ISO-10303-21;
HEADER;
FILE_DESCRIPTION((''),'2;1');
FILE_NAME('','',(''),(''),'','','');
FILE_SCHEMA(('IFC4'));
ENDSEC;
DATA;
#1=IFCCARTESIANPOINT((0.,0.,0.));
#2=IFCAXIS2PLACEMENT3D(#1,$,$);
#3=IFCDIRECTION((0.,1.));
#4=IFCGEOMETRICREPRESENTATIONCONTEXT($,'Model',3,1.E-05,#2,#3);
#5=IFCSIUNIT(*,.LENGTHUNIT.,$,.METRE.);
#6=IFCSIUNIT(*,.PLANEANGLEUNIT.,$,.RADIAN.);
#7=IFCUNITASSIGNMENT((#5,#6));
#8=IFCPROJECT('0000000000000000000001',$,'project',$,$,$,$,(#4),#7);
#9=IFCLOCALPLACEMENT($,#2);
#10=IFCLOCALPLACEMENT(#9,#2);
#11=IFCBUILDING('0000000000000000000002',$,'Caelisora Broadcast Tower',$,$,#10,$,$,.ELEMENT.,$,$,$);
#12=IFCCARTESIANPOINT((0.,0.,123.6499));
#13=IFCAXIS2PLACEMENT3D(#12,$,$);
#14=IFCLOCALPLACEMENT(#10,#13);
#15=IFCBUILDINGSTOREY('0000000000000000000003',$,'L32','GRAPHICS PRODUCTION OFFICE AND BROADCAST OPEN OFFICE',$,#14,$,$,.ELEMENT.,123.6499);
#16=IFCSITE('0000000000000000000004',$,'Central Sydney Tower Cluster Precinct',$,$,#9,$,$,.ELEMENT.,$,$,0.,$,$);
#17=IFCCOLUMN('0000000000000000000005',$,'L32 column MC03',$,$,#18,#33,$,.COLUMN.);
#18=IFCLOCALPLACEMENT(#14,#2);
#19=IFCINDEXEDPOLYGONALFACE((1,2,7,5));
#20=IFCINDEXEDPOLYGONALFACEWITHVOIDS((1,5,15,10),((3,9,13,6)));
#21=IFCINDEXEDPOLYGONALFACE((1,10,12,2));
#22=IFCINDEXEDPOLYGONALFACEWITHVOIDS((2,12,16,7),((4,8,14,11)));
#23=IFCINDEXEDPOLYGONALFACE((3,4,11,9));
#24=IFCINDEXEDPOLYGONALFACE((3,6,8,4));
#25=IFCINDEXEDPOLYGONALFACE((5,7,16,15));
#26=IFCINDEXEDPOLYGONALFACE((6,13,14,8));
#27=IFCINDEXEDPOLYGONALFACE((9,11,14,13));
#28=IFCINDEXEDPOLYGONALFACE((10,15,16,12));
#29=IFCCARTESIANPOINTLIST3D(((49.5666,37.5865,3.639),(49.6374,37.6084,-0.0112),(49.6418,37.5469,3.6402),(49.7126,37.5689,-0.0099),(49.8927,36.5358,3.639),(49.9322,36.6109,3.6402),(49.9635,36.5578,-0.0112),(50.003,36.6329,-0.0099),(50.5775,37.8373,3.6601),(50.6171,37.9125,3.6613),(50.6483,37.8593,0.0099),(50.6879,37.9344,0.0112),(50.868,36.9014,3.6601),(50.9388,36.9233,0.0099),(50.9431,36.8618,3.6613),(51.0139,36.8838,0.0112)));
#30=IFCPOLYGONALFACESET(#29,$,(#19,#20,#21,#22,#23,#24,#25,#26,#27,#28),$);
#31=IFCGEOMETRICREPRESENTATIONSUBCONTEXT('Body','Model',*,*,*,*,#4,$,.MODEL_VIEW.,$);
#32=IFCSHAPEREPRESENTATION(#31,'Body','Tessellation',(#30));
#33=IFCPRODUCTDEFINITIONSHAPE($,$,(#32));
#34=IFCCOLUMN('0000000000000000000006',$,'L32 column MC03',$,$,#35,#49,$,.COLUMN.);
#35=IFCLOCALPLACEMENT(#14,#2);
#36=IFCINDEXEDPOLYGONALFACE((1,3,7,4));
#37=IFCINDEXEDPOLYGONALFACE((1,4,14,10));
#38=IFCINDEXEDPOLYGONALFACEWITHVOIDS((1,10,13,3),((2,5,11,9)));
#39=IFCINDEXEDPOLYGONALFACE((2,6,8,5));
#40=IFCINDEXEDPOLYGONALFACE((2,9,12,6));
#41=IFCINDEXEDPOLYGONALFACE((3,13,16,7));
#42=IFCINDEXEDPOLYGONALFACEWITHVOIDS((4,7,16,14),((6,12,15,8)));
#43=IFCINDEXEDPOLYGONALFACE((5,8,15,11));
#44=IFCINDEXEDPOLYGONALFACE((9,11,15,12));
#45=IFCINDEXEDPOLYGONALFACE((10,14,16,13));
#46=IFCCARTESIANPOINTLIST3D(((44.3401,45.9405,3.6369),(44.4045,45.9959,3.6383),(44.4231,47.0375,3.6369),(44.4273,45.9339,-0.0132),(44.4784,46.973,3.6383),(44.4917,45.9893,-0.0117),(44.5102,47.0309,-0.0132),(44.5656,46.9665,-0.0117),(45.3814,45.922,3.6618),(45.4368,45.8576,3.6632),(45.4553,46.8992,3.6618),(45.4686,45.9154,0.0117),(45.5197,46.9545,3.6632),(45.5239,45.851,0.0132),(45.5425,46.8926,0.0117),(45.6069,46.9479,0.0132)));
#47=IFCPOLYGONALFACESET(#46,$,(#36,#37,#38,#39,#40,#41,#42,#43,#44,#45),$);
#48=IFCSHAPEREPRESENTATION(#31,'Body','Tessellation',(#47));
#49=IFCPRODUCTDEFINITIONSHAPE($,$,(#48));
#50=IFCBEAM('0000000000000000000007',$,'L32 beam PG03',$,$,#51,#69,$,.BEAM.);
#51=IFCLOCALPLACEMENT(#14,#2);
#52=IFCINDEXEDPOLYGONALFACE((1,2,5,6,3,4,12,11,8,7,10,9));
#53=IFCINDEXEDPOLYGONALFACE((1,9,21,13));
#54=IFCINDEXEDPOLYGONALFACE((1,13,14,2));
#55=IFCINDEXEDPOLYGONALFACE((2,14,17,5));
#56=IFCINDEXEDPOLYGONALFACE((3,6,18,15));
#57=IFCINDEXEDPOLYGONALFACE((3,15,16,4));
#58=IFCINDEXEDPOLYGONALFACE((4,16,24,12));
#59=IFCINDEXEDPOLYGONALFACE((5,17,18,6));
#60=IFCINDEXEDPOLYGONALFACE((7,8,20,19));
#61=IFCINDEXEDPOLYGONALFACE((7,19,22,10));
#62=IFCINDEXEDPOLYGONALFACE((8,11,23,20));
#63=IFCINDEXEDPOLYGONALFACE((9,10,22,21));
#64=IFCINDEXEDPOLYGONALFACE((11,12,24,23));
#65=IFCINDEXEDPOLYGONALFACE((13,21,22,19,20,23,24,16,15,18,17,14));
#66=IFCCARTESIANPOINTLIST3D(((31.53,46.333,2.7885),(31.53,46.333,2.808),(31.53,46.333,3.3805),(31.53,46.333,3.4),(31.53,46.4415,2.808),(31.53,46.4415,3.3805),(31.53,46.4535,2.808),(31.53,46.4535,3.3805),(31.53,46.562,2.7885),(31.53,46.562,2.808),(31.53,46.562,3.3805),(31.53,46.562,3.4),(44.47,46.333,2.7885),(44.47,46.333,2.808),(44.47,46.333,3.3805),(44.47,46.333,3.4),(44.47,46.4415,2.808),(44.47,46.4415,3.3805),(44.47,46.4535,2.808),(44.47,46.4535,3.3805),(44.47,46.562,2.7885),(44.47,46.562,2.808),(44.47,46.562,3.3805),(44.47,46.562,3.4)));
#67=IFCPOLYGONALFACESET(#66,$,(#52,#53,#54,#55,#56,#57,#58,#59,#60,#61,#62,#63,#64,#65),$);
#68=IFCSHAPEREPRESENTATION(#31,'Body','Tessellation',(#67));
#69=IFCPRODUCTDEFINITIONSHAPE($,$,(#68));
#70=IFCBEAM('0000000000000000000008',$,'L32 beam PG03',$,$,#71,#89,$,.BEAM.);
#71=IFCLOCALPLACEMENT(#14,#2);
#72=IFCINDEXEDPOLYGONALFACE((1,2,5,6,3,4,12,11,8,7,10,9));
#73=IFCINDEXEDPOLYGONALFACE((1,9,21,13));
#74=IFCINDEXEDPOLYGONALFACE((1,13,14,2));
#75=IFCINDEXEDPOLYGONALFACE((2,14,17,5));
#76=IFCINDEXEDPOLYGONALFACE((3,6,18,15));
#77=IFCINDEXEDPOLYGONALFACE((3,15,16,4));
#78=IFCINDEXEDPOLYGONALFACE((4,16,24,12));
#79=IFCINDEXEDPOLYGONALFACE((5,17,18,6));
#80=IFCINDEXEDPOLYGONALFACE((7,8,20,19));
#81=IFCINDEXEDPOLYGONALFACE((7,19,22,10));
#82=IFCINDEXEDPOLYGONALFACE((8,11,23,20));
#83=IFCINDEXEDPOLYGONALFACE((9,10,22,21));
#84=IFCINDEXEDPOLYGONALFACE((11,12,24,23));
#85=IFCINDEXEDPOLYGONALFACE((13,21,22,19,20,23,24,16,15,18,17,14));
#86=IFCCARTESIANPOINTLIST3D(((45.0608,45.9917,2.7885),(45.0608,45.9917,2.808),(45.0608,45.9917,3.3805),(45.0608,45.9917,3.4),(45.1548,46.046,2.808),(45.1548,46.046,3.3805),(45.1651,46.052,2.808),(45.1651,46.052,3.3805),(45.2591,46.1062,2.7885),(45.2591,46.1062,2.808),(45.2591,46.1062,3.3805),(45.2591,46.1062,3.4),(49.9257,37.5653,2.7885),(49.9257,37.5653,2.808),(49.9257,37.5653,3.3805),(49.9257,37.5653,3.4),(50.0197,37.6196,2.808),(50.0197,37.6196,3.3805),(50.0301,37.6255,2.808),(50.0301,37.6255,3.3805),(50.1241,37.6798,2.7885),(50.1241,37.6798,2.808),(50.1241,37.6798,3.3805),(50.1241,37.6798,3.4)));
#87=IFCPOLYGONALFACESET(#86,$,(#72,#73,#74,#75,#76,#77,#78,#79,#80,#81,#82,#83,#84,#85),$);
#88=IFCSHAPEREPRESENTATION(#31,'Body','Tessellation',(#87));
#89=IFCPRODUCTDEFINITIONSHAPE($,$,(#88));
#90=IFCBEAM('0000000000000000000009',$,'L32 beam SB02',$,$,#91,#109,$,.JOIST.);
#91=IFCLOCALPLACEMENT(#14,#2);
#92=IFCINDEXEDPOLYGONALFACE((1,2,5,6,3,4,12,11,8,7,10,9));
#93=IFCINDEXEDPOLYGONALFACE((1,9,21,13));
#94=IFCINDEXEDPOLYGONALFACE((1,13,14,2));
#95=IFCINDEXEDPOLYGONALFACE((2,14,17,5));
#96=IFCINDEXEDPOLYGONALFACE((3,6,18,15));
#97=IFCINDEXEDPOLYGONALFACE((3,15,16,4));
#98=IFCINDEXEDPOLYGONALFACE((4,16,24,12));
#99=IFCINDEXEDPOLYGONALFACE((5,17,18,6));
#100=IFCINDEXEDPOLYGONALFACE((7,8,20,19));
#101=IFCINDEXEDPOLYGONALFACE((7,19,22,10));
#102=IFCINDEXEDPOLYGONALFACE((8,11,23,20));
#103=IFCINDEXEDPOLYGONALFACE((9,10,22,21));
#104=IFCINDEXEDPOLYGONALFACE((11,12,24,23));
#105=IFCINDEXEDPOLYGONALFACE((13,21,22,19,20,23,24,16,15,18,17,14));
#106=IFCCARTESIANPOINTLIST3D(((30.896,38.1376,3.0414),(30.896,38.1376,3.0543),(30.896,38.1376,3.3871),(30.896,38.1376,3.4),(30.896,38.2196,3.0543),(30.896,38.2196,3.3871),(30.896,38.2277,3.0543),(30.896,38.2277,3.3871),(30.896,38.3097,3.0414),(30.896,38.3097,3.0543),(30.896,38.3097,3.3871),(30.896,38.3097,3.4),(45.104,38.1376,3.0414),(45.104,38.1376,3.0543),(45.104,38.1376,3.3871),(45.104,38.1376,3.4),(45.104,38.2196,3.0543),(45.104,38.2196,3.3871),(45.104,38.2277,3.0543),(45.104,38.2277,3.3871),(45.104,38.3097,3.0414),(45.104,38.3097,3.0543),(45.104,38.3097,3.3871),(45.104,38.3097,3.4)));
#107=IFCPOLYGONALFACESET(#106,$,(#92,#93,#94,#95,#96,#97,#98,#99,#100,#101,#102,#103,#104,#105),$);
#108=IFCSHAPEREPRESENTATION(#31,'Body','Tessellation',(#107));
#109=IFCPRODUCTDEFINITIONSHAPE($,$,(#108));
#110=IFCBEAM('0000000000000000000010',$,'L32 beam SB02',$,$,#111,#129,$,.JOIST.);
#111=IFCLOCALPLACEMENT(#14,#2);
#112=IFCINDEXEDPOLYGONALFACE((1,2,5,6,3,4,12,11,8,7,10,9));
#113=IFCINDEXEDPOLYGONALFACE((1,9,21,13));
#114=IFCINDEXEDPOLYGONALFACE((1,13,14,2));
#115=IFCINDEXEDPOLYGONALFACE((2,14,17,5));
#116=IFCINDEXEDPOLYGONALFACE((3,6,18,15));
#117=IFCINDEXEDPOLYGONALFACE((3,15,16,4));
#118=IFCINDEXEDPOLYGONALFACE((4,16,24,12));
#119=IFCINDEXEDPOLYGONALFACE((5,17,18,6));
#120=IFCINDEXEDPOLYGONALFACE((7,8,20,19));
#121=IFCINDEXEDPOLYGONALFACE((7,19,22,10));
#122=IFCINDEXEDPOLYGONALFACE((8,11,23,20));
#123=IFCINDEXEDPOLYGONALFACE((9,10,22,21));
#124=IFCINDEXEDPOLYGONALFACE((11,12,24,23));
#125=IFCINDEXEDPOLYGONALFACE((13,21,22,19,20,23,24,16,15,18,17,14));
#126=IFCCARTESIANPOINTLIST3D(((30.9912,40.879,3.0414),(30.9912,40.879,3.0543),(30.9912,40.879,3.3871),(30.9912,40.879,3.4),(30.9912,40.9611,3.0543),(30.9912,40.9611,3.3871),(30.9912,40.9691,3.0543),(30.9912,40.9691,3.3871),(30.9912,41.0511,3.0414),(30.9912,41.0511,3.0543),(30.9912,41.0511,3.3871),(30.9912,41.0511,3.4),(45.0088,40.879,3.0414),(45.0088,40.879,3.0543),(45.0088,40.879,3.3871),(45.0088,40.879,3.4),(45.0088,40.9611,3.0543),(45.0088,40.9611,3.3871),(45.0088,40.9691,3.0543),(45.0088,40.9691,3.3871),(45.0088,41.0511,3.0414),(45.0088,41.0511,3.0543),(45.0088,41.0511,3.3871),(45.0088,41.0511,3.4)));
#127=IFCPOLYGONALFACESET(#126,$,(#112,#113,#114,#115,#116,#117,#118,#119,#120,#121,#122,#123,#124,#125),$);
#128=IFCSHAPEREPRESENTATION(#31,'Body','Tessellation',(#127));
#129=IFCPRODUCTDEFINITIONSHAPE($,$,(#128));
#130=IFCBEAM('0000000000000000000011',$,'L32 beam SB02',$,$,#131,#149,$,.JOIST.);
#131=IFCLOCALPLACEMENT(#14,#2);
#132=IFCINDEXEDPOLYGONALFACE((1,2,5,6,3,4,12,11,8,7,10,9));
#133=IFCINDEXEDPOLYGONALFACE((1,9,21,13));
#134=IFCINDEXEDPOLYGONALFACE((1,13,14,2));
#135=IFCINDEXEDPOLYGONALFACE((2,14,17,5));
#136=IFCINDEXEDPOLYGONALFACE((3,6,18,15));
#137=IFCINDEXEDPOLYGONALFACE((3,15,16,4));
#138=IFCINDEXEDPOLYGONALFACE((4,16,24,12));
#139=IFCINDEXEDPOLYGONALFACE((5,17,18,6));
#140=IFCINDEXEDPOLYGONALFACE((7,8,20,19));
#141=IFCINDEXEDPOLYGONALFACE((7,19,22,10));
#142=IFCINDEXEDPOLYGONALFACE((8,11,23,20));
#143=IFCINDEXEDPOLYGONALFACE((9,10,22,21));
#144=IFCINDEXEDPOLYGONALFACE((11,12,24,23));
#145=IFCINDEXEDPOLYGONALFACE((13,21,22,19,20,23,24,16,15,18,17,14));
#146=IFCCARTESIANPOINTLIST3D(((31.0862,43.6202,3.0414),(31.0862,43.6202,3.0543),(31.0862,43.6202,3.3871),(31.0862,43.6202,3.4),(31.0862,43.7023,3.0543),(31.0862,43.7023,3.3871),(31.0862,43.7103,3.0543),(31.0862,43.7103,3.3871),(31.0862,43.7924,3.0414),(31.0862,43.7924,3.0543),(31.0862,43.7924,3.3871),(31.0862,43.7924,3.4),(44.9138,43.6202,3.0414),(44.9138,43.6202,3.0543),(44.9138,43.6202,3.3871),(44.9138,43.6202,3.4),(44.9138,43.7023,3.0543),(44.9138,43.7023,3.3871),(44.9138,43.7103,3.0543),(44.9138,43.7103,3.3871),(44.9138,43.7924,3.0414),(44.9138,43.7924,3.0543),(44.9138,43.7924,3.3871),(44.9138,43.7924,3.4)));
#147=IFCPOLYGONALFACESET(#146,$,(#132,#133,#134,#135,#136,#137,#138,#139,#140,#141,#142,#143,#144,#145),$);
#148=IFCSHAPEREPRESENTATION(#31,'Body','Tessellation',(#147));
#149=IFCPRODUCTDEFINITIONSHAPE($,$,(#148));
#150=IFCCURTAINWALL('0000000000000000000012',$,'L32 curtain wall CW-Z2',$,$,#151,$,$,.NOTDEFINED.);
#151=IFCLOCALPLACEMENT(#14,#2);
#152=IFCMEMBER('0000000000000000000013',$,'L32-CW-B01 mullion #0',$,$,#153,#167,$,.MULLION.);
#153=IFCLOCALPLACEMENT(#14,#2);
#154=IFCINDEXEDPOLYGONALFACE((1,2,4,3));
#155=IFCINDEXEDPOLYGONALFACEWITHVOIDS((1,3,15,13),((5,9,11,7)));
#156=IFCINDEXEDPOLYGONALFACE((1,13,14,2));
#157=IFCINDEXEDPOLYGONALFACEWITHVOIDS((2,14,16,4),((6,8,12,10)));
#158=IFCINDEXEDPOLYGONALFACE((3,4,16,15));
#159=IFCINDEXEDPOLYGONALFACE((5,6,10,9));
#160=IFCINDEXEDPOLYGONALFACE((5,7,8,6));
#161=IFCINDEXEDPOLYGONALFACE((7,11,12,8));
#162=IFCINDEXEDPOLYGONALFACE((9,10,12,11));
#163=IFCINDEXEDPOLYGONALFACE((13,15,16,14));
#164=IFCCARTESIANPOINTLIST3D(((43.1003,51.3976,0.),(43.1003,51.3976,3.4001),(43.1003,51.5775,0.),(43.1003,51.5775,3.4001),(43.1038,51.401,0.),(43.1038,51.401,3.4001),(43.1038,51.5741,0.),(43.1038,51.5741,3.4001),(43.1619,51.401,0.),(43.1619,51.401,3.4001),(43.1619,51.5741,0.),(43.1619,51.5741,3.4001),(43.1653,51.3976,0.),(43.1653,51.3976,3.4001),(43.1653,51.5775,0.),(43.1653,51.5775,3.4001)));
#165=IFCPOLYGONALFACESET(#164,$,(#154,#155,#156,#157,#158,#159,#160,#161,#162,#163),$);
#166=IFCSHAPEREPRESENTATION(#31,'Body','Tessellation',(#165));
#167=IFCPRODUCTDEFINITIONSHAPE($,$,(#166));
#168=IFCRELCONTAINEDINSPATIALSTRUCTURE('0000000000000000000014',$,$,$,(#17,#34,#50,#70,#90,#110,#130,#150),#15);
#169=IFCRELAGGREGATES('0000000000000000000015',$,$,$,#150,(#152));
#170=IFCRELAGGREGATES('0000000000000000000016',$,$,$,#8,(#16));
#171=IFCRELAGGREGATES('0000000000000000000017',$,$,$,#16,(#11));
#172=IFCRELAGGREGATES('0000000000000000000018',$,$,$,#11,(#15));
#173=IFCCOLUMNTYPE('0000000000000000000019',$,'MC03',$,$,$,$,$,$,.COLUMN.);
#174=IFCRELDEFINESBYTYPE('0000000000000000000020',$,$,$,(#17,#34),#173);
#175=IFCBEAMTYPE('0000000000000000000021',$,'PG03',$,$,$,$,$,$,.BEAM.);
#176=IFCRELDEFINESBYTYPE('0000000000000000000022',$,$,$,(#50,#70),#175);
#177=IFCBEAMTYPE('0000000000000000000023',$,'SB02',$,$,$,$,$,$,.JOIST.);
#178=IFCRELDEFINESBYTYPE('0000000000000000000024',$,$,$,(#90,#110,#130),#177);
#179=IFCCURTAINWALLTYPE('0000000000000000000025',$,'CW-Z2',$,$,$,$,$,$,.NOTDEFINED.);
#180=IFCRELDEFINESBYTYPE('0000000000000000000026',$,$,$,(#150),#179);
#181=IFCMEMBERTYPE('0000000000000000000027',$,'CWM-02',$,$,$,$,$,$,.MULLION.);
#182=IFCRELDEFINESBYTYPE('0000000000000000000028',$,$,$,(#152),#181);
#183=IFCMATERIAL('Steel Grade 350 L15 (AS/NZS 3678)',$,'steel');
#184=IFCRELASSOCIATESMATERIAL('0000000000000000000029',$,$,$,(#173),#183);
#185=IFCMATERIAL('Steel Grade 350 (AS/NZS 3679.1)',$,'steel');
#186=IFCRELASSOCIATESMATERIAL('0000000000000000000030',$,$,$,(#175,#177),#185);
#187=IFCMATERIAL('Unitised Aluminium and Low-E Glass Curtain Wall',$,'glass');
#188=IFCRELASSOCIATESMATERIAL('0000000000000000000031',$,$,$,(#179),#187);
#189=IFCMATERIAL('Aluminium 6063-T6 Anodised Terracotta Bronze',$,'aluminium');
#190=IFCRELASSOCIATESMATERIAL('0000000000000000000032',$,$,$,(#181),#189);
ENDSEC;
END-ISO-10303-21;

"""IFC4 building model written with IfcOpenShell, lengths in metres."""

from ifc_helpers import new_model, si_unit, direction, frame, origin, origin_2d, place, context, subcontext, project, spatial, hollow_rectangle, i_section, extrude, source, transform, mapped, material, material_profile, profile_set, type_object, type_shapes, element, aggregate, save


model = new_model("IFC4")

# Units and contexts
model_context = context("Model", 3, precision=1e-05, world=origin(), true_north=direction((0.0, 1.0)))
body_context = subcontext(model_context, "Body", "Model", "MODEL_VIEW")
ifc_project = project(units=[si_unit("LENGTHUNIT", "METRE"), si_unit("PLANEANGLEUNIT", "RADIAN")], contexts=[model_context])

# Site, building, storey
site_placement = place(None, origin())
site = spatial("IfcSite", under=ifc_project, at=site_placement, Name="Central Sydney Tower Cluster Precinct", CompositionType="ELEMENT", RefElevation=0.0)
building_placement = place(site_placement, origin())
building = spatial("IfcBuilding", under=site, at=building_placement, Name="Caelisora Broadcast Tower", CompositionType="ELEMENT")
storey_placement = place(building_placement, frame((0.0, 0.0, 123.6499)))
storey = spatial("IfcBuildingStorey", under=building, at=storey_placement, Name="L32", Description="GRAPHICS PRODUCTION OFFICE AND BROADCAST OPEN OFFICE", CompositionType="ELEMENT", Elevation=123.6499)

# Columns
ifc_material_1 = material(Name="Steel Grade 350 L15 (AS/NZS 3678)", Category="steel")
ifc_material_profile_1 = material_profile(ifc_material_1, hollow_rectangle(XDim=1.1001, YDim=1.1001, WallThickness=0.0601, at=origin_2d()), Name="Steel Grade 350 L15 (AS/NZS 3678)")
ifc_profile_set_1 = profile_set([ifc_material_profile_1], Name="Steel Grade 350 L15 (AS/NZS 3678)")
column_type = type_object("IfcColumnType", Name="MC03", PredefinedType="COLUMN", material=ifc_profile_set_1)
shared_shape_1 = source(origin(), body_context, "Body", "SweptSolid", [
    extrude(hollow_rectangle(XDim=1.1001, YDim=1.1001, WallThickness=0.0601, at=origin_2d()), origin(), (0.0, 0.0, 1.0), 3.6509),
])
column_1_placement = place(storey_placement, frame((50.3257, 37.2461, 0.0), z_axis=(-0.019393, -0.006018, 0.999794), x_axis=(0.296399, -0.955064, 0.0)))
element("IfcColumn", 1, at=column_1_placement, inside=storey, type_object=column_type, Name="L32 column MC03", PredefinedType="COLUMN", context=body_context, shape_type="MappedRepresentation", body=[
    mapped(shared_shape_1, transform((0.0, 0.0, 0.0), scale=1.0)),
])
shared_shape_2 = source(origin(), body_context, "Body", "SweptSolid", [
    extrude(hollow_rectangle(XDim=1.1001, YDim=1.1001, WallThickness=0.0601, at=origin_2d()), origin(), (0.0, 0.0, 1.0), 3.6511),
])
type_shapes(column_type, [shared_shape_1, shared_shape_2])
column_2_placement = place(storey_placement, frame((45.0171, 46.4409, 0.0), z_axis=(-0.023871, 0.001805, 0.999713), x_axis=(-0.075415, -0.997152, 0.0)))
element("IfcColumn", 2, at=column_2_placement, inside=storey, type_object=column_type, Name="L32 column MC03", PredefinedType="COLUMN", context=body_context, shape_type="MappedRepresentation", body=[
    mapped(shared_shape_2, transform((0.0, 0.0, 0.0), scale=1.0)),
])

# Beams
ifc_material_2 = material(Name="Steel Grade 350 (AS/NZS 3679.1)", Category="steel")
ifc_material_profile_2 = material_profile(ifc_material_2, i_section(OverallWidth=0.229, OverallDepth=0.6116, WebThickness=0.012, FlangeThickness=0.0195, at=origin_2d()), Name="Steel Grade 350 (AS/NZS 3679.1)")
ifc_profile_set_2 = profile_set([ifc_material_profile_2], Name="Steel Grade 350 (AS/NZS 3679.1)")
beam_type_1 = type_object("IfcBeamType", Name="PG03", PredefinedType="BEAM", material=ifc_profile_set_2)
shared_shape_3 = source(origin(), body_context, "Body", "SweptSolid", [
    extrude(i_section(OverallWidth=0.229, OverallDepth=0.6116, WebThickness=0.012, FlangeThickness=0.0195, at=origin_2d()), origin(), (0.0, 0.0, 1.0), 12.9399),
])
beam_1_placement = place(storey_placement, frame((44.47, 46.4475, 3.0942), z_axis=(-1.0, 0.0, 0.0), x_axis=(0.0, -1.0, 0.0)))
element("IfcBeam", 3, at=beam_1_placement, inside=storey, type_object=beam_type_1, Name="L32 beam PG03", PredefinedType="BEAM", context=body_context, shape_type="MappedRepresentation", body=[
    mapped(shared_shape_3, transform((0.0, 0.0, 0.0), scale=1.0)),
])
shared_shape_4 = source(origin(), body_context, "Body", "SweptSolid", [
    extrude(i_section(OverallWidth=0.229, OverallDepth=0.6116, WebThickness=0.012, FlangeThickness=0.0195, at=origin_2d()), origin(), (0.0, 0.0, 1.0), 9.73),
])
type_shapes(beam_type_1, [shared_shape_3, shared_shape_4])
beam_2_placement = place(storey_placement, frame((50.0249, 37.6226, 3.0942), z_axis=(-0.499995, 0.866028, 0.0), x_axis=(-0.866028, -0.499995, 0.0)))
element("IfcBeam", 4, at=beam_2_placement, inside=storey, type_object=beam_type_1, Name="L32 beam PG03", PredefinedType="BEAM", context=body_context, shape_type="MappedRepresentation", body=[
    mapped(shared_shape_4, transform((0.0, 0.0, 0.0), scale=1.0)),
])
ifc_material_profile_3 = material_profile(ifc_material_2, i_section(OverallWidth=0.1721, OverallDepth=0.3586, WebThickness=0.0081, FlangeThickness=0.0129, at=origin_2d()), Name="Steel Grade 350 (AS/NZS 3679.1)")
ifc_profile_set_3 = profile_set([ifc_material_profile_3], Name="Steel Grade 350 (AS/NZS 3679.1)")
beam_type_2 = type_object("IfcBeamType", Name="SB02", PredefinedType="JOIST", material=ifc_profile_set_3)
shared_shape_5 = source(origin(), body_context, "Body", "SweptSolid", [
    extrude(i_section(OverallWidth=0.1721, OverallDepth=0.3586, WebThickness=0.0081, FlangeThickness=0.0129, at=origin_2d()), origin(), (0.0, 0.0, 1.0), 14.208),
])
beam_3_placement = place(storey_placement, frame((45.104, 38.2236, 3.2207), z_axis=(-1.0, 0.0, 0.0), x_axis=(0.0, -1.0, 0.0)))
element("IfcBeam", 5, at=beam_3_placement, inside=storey, type_object=beam_type_2, Name="L32 beam SB02", PredefinedType="JOIST", context=body_context, shape_type="MappedRepresentation", body=[
    mapped(shared_shape_5, transform((0.0, 0.0, 0.0), scale=1.0)),
])
shared_shape_6 = source(origin(), body_context, "Body", "SweptSolid", [
    extrude(i_section(OverallWidth=0.1721, OverallDepth=0.3586, WebThickness=0.0081, FlangeThickness=0.0129, at=origin_2d()), origin(), (0.0, 0.0, 1.0), 14.0176),
])
beam_4_placement = place(storey_placement, frame((45.0088, 40.9651, 3.2207), z_axis=(-1.0, 0.0, 0.0), x_axis=(0.0, -1.0, 0.0)))
element("IfcBeam", 6, at=beam_4_placement, inside=storey, type_object=beam_type_2, Name="L32 beam SB02", PredefinedType="JOIST", context=body_context, shape_type="MappedRepresentation", body=[
    mapped(shared_shape_6, transform((0.0, 0.0, 0.0), scale=1.0)),
])
shared_shape_7 = source(origin(), body_context, "Body", "SweptSolid", [
    extrude(i_section(OverallWidth=0.1721, OverallDepth=0.3586, WebThickness=0.0081, FlangeThickness=0.0129, at=origin_2d()), origin(), (0.0, 0.0, 1.0), 13.8276),
])
type_shapes(beam_type_2, [shared_shape_5, shared_shape_6, shared_shape_7])
beam_5_placement = place(storey_placement, frame((44.9138, 43.7063, 3.2207), z_axis=(-1.0, 0.0, 0.0), x_axis=(0.0, -1.0, 0.0)))
element("IfcBeam", 7, at=beam_5_placement, inside=storey, type_object=beam_type_2, Name="L32 beam SB02", PredefinedType="JOIST", context=body_context, shape_type="MappedRepresentation", body=[
    mapped(shared_shape_7, transform((0.0, 0.0, 0.0), scale=1.0)),
])

# Curtain wall, member
ifc_material_3 = material(Name="Unitised Aluminium and Low-E Glass Curtain Wall", Category="glass")
curtain_wall_type_1 = type_object("IfcCurtainWallType", Name="CW-Z2", PredefinedType="NOTDEFINED", material=ifc_material_3)
curtain_wall_1_placement = place(storey_placement, origin())
curtain_wall_1 = element("IfcCurtainWall", 8, at=curtain_wall_1_placement, inside=storey, type_object=curtain_wall_type_1, Name="L32 curtain wall CW-Z2", PredefinedType="NOTDEFINED")
ifc_material_4 = material(Name="Aluminium 6063-T6 Anodised Terracotta Bronze", Category="aluminium")
ifc_material_profile_4 = material_profile(ifc_material_4, hollow_rectangle(XDim=0.0649, YDim=0.1799, WallThickness=0.0034, at=origin_2d()), Name="Aluminium 6063-T6 Anodised Terracotta Bronze")
ifc_profile_set_4 = profile_set([ifc_material_profile_4], Name="Aluminium 6063-T6 Anodised Terracotta Bronze")
member_type_1 = type_object("IfcMemberType", Name="CWM-02", PredefinedType="MULLION", material=ifc_profile_set_4)
shared_shape_8 = source(origin(), body_context, "Body", "SweptSolid", [
    extrude(hollow_rectangle(XDim=0.0649, YDim=0.1799, WallThickness=0.0034, at=origin_2d()), origin(), (0.0, 0.0, 1.0), 3.4001),
])
type_shapes(member_type_1, [shared_shape_8])
member_1_placement = place(storey_placement, frame((43.1328, 51.4875, 0.0), z_axis=(0.0, 0.0, 1.0), x_axis=(1.0, 0.0, 0.0)))
member_1 = element("IfcMember", 9, at=member_1_placement, type_object=member_type_1, Name="L32-CW-B01 mullion #0", PredefinedType="MULLION", context=body_context, shape_type="MappedRepresentation", body=[
    mapped(shared_shape_8, transform((0.0, 0.0, 0.0), scale=1.0)),
])

aggregate(curtain_wall_1, [member_1])

save(model, "model.ifc")
